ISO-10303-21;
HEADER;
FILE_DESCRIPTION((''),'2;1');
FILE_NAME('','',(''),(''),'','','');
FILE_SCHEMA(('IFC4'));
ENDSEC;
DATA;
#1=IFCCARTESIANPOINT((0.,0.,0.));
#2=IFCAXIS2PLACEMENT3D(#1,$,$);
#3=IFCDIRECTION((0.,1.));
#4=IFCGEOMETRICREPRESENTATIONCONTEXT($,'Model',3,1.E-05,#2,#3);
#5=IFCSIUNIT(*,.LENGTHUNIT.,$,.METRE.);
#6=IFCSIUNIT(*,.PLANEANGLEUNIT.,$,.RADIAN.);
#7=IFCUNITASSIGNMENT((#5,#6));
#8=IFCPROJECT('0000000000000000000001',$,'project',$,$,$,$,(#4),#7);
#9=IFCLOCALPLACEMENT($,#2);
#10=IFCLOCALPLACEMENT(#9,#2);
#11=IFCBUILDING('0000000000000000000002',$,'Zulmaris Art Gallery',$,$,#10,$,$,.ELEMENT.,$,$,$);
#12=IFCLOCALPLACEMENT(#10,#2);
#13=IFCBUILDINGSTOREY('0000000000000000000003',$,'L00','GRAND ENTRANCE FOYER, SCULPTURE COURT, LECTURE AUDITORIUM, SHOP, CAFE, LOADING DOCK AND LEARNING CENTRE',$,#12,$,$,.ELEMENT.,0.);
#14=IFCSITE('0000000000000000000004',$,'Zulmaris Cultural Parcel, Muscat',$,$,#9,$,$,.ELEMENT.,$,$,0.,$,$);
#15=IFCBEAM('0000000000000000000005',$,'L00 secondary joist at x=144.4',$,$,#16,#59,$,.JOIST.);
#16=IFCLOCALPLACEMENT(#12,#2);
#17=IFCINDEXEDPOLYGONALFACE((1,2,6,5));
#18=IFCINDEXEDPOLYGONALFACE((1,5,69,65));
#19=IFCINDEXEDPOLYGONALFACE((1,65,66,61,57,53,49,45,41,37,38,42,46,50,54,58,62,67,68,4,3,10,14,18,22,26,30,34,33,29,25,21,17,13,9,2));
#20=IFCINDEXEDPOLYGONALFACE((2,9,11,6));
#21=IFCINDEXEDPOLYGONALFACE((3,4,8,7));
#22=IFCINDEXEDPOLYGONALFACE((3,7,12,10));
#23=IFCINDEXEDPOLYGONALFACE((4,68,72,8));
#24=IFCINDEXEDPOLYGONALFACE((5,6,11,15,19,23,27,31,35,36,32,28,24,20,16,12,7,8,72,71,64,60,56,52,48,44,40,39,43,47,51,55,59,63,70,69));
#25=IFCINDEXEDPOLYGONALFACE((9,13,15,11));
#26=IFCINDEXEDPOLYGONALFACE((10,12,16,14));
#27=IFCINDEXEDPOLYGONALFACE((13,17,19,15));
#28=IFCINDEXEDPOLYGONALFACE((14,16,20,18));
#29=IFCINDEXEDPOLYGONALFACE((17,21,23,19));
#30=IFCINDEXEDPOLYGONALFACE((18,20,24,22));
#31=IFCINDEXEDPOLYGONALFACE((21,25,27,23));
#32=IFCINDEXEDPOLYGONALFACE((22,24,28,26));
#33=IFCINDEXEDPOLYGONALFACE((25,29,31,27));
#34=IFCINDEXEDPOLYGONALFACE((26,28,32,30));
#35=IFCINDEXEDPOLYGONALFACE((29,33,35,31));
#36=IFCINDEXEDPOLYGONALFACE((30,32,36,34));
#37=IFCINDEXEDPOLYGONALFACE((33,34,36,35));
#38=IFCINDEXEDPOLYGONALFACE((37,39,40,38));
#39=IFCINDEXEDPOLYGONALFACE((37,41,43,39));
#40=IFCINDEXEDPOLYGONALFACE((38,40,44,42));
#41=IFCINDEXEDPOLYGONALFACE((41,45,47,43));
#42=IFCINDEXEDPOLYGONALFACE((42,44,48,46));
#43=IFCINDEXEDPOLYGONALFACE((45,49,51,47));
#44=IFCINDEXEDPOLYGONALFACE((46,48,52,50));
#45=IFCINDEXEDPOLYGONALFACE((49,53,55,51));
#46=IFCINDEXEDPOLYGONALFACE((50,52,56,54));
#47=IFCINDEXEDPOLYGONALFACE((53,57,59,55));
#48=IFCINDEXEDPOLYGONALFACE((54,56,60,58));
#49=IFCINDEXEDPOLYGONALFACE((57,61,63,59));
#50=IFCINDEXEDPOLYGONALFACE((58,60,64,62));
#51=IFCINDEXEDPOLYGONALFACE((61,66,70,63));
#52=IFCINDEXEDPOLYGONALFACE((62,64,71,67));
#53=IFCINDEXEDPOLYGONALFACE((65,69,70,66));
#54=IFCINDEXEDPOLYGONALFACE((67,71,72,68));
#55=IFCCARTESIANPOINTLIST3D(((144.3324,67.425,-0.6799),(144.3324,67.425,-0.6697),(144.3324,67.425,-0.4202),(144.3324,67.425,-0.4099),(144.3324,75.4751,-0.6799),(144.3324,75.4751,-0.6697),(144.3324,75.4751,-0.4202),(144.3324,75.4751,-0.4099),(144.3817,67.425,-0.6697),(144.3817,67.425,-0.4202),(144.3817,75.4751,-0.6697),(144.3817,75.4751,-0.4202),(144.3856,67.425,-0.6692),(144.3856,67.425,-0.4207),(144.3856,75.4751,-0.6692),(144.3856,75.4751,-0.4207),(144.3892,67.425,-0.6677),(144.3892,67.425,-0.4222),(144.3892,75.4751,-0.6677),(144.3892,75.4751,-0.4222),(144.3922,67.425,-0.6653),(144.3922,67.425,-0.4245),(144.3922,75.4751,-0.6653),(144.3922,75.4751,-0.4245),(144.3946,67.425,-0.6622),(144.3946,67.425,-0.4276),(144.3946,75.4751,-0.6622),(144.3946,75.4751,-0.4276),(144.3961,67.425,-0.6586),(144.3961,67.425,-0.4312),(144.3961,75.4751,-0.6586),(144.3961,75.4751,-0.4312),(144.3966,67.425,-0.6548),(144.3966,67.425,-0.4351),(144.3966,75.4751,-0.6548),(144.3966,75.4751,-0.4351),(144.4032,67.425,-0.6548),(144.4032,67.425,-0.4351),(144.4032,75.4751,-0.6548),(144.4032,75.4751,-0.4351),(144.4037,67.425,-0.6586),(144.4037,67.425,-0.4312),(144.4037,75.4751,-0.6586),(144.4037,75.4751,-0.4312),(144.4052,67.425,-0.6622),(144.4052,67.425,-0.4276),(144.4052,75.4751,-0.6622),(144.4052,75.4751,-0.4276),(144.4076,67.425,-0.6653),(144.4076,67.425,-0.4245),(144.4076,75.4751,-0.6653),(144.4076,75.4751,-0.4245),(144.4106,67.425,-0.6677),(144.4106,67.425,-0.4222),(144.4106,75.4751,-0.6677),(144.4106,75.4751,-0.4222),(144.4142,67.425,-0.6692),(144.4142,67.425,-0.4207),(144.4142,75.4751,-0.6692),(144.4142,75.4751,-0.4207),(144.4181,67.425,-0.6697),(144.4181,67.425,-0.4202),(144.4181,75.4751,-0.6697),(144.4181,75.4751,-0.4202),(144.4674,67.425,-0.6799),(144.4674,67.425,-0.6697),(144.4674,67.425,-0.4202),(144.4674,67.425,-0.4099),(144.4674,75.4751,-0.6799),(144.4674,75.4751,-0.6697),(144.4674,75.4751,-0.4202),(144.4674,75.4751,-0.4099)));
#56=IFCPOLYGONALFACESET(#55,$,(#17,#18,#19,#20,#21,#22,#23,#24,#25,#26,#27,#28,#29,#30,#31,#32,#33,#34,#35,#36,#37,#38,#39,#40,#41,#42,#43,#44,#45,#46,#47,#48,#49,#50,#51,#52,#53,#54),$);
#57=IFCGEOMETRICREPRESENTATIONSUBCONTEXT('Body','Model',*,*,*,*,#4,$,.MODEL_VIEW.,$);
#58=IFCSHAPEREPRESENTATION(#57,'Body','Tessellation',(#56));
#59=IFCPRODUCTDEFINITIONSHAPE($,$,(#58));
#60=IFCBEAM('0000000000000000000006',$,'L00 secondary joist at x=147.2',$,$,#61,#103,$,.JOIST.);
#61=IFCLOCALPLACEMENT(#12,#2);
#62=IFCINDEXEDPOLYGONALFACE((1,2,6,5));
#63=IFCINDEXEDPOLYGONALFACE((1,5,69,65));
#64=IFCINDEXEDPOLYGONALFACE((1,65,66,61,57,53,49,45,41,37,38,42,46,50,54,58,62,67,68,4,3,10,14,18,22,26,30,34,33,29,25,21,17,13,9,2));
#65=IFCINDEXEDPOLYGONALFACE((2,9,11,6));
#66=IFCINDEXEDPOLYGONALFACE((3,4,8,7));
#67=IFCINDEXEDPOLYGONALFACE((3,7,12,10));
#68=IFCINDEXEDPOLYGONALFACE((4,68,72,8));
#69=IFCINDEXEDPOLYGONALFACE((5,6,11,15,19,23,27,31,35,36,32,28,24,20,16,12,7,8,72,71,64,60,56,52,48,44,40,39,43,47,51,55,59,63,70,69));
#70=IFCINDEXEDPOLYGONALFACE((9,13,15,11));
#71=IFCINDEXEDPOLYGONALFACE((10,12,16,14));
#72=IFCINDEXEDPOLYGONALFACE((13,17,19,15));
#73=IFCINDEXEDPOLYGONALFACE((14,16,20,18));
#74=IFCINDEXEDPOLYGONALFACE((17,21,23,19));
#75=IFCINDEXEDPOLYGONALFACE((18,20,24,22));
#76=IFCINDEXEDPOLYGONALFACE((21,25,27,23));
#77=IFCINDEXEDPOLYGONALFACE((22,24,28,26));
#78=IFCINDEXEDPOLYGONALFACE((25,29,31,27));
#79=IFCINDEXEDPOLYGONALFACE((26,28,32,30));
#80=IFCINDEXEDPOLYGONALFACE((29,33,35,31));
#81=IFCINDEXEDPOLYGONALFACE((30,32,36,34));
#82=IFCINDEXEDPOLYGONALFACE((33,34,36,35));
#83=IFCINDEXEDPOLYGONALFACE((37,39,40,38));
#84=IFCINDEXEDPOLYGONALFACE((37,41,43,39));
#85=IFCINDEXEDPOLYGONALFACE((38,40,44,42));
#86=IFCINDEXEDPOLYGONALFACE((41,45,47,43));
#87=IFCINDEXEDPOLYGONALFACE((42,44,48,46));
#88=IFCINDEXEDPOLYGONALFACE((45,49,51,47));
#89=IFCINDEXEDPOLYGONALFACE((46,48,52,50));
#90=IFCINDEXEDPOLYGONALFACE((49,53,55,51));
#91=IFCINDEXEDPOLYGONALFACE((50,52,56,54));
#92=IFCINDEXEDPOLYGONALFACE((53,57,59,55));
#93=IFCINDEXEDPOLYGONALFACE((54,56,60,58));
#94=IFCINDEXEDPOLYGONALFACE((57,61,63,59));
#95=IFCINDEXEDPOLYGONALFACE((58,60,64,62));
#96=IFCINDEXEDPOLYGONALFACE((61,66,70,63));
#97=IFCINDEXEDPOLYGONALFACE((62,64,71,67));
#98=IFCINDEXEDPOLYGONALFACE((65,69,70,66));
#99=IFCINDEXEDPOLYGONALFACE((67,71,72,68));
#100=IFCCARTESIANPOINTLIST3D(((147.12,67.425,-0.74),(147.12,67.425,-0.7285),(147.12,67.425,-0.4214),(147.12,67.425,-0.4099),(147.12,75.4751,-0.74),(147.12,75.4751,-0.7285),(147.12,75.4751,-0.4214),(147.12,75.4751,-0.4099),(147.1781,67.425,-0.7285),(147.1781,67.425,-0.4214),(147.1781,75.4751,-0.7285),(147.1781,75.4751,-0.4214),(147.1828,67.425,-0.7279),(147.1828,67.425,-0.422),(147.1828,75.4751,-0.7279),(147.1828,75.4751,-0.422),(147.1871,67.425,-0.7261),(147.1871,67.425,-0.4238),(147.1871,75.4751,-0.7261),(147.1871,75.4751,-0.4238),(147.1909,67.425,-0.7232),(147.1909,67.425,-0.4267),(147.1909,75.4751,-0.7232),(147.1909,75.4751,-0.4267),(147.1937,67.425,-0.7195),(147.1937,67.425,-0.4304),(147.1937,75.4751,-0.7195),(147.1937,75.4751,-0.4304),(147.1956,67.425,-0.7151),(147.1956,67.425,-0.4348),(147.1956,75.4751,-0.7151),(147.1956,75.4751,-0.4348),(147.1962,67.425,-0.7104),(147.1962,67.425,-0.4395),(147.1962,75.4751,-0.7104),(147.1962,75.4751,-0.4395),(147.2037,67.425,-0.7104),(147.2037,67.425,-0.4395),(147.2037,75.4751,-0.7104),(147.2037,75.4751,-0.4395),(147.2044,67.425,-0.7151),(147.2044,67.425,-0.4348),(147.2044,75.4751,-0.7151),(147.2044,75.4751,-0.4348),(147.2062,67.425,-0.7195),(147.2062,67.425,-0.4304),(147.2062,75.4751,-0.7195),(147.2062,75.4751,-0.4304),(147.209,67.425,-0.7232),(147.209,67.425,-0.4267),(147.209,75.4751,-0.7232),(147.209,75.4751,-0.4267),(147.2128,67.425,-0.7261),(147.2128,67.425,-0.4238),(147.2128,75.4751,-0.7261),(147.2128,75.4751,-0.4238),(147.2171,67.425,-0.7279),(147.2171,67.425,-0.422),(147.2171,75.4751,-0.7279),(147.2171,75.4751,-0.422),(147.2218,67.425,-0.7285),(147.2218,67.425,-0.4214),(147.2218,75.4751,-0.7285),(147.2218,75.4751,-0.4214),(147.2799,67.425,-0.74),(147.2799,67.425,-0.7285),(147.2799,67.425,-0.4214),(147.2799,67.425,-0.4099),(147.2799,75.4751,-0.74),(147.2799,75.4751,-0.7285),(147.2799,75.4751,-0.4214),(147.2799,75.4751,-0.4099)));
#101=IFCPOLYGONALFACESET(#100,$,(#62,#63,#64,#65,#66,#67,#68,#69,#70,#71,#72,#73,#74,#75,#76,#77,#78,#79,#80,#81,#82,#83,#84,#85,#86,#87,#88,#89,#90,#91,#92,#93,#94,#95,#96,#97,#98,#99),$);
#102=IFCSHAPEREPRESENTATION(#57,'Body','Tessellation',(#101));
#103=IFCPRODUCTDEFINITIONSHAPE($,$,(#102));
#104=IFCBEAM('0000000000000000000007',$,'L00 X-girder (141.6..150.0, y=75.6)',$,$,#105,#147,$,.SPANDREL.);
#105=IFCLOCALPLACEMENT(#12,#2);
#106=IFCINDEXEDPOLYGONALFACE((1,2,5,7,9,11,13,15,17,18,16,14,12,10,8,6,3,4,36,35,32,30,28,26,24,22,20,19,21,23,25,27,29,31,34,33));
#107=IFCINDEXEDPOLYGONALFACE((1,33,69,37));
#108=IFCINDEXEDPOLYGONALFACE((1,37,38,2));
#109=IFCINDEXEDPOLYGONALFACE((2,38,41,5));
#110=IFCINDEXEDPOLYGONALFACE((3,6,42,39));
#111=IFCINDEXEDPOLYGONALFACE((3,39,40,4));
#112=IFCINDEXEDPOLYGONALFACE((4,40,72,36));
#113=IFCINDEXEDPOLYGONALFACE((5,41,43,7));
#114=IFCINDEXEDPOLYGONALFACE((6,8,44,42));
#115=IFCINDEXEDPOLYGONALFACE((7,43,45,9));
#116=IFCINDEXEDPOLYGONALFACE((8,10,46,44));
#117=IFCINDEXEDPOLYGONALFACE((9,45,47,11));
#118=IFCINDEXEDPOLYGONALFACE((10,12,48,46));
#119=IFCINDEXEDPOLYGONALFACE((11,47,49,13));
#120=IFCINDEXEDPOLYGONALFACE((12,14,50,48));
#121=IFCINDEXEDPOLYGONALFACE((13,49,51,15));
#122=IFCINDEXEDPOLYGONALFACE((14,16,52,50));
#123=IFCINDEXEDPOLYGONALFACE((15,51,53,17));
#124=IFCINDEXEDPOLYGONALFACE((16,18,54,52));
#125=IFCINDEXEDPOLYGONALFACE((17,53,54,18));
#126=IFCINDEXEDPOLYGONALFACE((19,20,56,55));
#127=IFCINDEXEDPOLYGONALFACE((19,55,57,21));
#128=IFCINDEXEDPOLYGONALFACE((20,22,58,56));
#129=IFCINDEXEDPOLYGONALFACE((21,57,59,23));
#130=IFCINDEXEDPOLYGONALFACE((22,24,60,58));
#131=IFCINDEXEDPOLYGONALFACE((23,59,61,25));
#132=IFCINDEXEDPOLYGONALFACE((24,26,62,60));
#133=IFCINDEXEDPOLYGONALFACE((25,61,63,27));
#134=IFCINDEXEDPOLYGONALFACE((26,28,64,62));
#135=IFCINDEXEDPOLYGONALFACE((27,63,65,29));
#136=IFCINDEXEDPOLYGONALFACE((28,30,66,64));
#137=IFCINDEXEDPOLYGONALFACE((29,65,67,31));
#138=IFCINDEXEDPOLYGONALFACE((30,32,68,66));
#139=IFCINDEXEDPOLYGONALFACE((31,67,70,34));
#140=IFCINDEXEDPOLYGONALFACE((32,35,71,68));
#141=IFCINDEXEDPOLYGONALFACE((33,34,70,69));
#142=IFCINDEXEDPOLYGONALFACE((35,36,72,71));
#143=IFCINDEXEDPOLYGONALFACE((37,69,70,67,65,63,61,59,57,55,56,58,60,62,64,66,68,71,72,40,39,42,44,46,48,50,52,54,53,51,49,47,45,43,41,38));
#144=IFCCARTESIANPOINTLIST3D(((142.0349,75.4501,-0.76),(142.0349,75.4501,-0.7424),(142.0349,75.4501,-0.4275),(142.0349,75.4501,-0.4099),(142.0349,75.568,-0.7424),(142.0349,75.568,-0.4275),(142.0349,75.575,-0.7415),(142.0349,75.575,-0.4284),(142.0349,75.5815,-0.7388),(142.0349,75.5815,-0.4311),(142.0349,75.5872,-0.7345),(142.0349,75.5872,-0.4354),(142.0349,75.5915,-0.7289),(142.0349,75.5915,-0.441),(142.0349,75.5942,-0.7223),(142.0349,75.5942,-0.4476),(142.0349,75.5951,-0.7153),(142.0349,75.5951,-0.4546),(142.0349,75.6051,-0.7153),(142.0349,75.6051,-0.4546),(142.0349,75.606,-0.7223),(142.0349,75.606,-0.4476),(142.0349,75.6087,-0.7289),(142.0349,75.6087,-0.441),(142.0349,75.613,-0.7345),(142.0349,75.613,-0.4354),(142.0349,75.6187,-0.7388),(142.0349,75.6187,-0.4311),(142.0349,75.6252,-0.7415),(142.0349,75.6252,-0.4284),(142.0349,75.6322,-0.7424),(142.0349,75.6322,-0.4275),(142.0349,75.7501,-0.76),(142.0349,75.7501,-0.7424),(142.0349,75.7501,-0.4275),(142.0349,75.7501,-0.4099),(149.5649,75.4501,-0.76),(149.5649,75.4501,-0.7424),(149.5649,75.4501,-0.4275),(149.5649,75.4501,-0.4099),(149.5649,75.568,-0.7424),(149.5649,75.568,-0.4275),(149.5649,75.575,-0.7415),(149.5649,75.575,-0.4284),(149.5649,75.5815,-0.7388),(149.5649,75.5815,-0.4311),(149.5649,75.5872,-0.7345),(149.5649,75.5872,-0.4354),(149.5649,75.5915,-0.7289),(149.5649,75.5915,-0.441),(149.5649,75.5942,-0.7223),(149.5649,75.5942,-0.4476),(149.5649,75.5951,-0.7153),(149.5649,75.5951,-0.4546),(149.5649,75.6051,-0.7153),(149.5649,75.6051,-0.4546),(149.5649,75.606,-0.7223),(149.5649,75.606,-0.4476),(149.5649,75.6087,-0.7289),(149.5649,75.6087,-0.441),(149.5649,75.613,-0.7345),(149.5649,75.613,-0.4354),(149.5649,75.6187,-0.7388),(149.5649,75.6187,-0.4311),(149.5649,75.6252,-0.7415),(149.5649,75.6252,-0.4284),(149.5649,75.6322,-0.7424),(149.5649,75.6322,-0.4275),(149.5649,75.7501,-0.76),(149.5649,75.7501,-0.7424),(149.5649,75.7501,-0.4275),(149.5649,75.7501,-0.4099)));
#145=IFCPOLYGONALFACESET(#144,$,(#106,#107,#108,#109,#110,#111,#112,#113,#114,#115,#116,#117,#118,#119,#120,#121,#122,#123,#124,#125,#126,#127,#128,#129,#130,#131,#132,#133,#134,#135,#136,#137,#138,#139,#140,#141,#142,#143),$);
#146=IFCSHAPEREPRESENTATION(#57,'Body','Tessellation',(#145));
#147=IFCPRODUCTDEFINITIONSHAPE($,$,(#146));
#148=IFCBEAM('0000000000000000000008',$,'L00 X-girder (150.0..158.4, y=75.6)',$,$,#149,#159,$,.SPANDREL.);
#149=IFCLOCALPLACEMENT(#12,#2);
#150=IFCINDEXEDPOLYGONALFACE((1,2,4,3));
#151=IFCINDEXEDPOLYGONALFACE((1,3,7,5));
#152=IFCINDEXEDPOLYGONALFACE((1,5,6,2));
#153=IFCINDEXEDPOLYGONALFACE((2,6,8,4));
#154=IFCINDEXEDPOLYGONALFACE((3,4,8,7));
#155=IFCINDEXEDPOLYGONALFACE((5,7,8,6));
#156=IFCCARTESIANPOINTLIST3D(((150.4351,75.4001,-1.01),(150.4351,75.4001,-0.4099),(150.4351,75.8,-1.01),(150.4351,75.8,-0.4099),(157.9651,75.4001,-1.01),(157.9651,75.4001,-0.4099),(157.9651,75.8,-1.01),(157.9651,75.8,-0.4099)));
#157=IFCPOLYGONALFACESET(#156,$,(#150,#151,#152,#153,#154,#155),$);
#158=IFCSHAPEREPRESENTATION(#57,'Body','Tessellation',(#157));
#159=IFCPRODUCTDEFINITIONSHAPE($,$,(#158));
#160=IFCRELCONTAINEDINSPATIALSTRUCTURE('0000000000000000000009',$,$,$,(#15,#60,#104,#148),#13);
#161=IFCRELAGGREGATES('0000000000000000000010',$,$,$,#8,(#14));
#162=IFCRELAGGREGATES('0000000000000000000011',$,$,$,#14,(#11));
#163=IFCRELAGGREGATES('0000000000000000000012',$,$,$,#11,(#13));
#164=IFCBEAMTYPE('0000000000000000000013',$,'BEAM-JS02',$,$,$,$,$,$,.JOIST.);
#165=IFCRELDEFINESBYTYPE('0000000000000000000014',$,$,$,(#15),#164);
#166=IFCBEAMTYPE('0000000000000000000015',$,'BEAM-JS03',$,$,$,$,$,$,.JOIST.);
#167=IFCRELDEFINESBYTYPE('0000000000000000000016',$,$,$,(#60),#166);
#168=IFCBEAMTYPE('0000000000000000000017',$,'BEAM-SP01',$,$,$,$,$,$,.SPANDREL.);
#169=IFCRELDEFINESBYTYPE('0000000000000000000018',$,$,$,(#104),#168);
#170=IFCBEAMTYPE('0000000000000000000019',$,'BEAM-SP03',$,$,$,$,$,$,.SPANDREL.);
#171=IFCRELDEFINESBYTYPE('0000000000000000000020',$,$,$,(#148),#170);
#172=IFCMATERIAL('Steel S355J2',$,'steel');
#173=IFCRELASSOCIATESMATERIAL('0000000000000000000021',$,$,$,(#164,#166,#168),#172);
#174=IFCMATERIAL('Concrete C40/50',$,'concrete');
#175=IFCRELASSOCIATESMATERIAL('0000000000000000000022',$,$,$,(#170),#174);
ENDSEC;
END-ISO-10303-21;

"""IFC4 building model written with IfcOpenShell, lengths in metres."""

from ifc_helpers import new_model, si_unit, direction, frame, origin, origin_2d, place, context, subcontext, project, spatial, rectangle, i_section, extrude, material, material_profile, profile_set, type_object, element, save


model = new_model("IFC4")

# Units and contexts
model_context = context("Model", 3, precision=1e-05, world=origin(), true_north=direction((0.0, 1.0)))
body_context = subcontext(model_context, "Body", "Model", "MODEL_VIEW")
ifc_project = project(units=[si_unit("LENGTHUNIT", "METRE"), si_unit("PLANEANGLEUNIT", "RADIAN")], contexts=[model_context])

# Site, building, storey
site_placement = place(None, origin())
site = spatial("IfcSite", under=ifc_project, at=site_placement, Name="Zulmaris Cultural Parcel, Muscat", CompositionType="ELEMENT", RefElevation=0.0)
building_placement = place(site_placement, origin())
building = spatial("IfcBuilding", under=site, at=building_placement, Name="Zulmaris Art Gallery", CompositionType="ELEMENT")
storey_placement = place(building_placement, origin())
storey = spatial("IfcBuildingStorey", under=building, at=storey_placement, Name="L00", Description="GRAND ENTRANCE FOYER, SCULPTURE COURT, LECTURE AUDITORIUM, SHOP, CAFE, LOADING DOCK AND LEARNING CENTRE", CompositionType="ELEMENT", Elevation=0.0)

# Shared definitions
ifc_material_1 = material(Name="Concrete C40/50", Category="concrete")

# Beams
ifc_material_2 = material(Name="Steel S355J2", Category="steel")
ifc_material_profile_1 = material_profile(ifc_material_2, i_section(OverallWidth=0.135, OverallDepth=0.27, WebThickness=0.0066, FlangeThickness=0.0103, FilletRadius=0.0149, at=origin_2d()), Name="IPE 270")
ifc_profile_set_1 = profile_set([ifc_material_profile_1], Name="Steel S355J2")
beam_type_1 = type_object("IfcBeamType", Name="BEAM-JS02", PredefinedType="JOIST", material=ifc_profile_set_1)
beam_1_placement = place(storey_placement, frame((144.3999, 67.425, -0.5449), z_axis=(0.0, 1.0, 0.0), x_axis=(-1.0, 0.0, 0.0)))
element("IfcBeam", 1, at=beam_1_placement, inside=storey, type_object=beam_type_1, Name="L00 secondary joist at x=144.4", PredefinedType="JOIST", context=body_context, shape_type="SweptSolid", body=[
    extrude(i_section(OverallWidth=0.135, OverallDepth=0.27, WebThickness=0.0066, FlangeThickness=0.0103, FilletRadius=0.0149, at=origin_2d()), origin(), (0.0, 0.0, 1.0), 8.05),
])
ifc_material_profile_2 = material_profile(ifc_material_2, i_section(OverallWidth=0.1599, OverallDepth=0.3301, WebThickness=0.0076, FlangeThickness=0.0115, FilletRadius=0.0181, at=origin_2d()), Name="IPE 330")
ifc_profile_set_2 = profile_set([ifc_material_profile_2], Name="Steel S355J2")
beam_type_2 = type_object("IfcBeamType", Name="BEAM-JS03", PredefinedType="JOIST", material=ifc_profile_set_2)
beam_2_placement = place(storey_placement, frame((147.2, 67.425, -0.575), z_axis=(0.0, 1.0, 0.0), x_axis=(-1.0, 0.0, 0.0)))
element("IfcBeam", 2, at=beam_2_placement, inside=storey, type_object=beam_type_2, Name="L00 secondary joist at x=147.2", PredefinedType="JOIST", context=body_context, shape_type="SweptSolid", body=[
    extrude(i_section(OverallWidth=0.1599, OverallDepth=0.3301, WebThickness=0.0076, FlangeThickness=0.0115, FilletRadius=0.0181, at=origin_2d()), origin(), (0.0, 0.0, 1.0), 8.05),
])
ifc_material_profile_3 = material_profile(ifc_material_2, i_section(OverallWidth=0.3, OverallDepth=0.3501, WebThickness=0.01, FlangeThickness=0.0176, FilletRadius=0.0271, at=origin_2d()), Name="HEA 360")
ifc_profile_set_3 = profile_set([ifc_material_profile_3], Name="Steel S355J2")
beam_type_3 = type_object("IfcBeamType", Name="BEAM-SP01", PredefinedType="SPANDREL", material=ifc_profile_set_3)
beam_3_placement = place(storey_placement, frame((142.0349, 75.6001, -0.585), z_axis=(1.0, 0.0, 0.0), x_axis=(0.0, 1.0, 0.0)))
element("IfcBeam", 3, at=beam_3_placement, inside=storey, type_object=beam_type_3, Name="L00 X-girder (141.6..150.0, y=75.6)", PredefinedType="SPANDREL", context=body_context, shape_type="SweptSolid", body=[
    extrude(i_section(OverallWidth=0.3, OverallDepth=0.3501, WebThickness=0.01, FlangeThickness=0.0176, FilletRadius=0.0271, at=origin_2d()), origin(), (0.0, 0.0, 1.0), 7.53),
])
ifc_material_profile_4 = material_profile(ifc_material_1, rectangle(XDim=0.3999, YDim=0.6001, at=origin_2d()), Name="RC 400x600")
ifc_profile_set_4 = profile_set([ifc_material_profile_4], Name="Concrete C40/50")
beam_type_4 = type_object("IfcBeamType", Name="BEAM-SP03", PredefinedType="SPANDREL", material=ifc_profile_set_4)
beam_4_placement = place(storey_placement, frame((150.4351, 75.6001, -0.71), z_axis=(1.0, 0.0, 0.0), x_axis=(0.0, 1.0, 0.0)))
element("IfcBeam", 4, at=beam_4_placement, inside=storey, type_object=beam_type_4, Name="L00 X-girder (150.0..158.4, y=75.6)", PredefinedType="SPANDREL", context=body_context, shape_type="SweptSolid", body=[
    extrude(rectangle(XDim=0.3999, YDim=0.6001, at=origin_2d()), origin(), (0.0, 0.0, 1.0), 7.53),
])

save(model, "model.ifc")
